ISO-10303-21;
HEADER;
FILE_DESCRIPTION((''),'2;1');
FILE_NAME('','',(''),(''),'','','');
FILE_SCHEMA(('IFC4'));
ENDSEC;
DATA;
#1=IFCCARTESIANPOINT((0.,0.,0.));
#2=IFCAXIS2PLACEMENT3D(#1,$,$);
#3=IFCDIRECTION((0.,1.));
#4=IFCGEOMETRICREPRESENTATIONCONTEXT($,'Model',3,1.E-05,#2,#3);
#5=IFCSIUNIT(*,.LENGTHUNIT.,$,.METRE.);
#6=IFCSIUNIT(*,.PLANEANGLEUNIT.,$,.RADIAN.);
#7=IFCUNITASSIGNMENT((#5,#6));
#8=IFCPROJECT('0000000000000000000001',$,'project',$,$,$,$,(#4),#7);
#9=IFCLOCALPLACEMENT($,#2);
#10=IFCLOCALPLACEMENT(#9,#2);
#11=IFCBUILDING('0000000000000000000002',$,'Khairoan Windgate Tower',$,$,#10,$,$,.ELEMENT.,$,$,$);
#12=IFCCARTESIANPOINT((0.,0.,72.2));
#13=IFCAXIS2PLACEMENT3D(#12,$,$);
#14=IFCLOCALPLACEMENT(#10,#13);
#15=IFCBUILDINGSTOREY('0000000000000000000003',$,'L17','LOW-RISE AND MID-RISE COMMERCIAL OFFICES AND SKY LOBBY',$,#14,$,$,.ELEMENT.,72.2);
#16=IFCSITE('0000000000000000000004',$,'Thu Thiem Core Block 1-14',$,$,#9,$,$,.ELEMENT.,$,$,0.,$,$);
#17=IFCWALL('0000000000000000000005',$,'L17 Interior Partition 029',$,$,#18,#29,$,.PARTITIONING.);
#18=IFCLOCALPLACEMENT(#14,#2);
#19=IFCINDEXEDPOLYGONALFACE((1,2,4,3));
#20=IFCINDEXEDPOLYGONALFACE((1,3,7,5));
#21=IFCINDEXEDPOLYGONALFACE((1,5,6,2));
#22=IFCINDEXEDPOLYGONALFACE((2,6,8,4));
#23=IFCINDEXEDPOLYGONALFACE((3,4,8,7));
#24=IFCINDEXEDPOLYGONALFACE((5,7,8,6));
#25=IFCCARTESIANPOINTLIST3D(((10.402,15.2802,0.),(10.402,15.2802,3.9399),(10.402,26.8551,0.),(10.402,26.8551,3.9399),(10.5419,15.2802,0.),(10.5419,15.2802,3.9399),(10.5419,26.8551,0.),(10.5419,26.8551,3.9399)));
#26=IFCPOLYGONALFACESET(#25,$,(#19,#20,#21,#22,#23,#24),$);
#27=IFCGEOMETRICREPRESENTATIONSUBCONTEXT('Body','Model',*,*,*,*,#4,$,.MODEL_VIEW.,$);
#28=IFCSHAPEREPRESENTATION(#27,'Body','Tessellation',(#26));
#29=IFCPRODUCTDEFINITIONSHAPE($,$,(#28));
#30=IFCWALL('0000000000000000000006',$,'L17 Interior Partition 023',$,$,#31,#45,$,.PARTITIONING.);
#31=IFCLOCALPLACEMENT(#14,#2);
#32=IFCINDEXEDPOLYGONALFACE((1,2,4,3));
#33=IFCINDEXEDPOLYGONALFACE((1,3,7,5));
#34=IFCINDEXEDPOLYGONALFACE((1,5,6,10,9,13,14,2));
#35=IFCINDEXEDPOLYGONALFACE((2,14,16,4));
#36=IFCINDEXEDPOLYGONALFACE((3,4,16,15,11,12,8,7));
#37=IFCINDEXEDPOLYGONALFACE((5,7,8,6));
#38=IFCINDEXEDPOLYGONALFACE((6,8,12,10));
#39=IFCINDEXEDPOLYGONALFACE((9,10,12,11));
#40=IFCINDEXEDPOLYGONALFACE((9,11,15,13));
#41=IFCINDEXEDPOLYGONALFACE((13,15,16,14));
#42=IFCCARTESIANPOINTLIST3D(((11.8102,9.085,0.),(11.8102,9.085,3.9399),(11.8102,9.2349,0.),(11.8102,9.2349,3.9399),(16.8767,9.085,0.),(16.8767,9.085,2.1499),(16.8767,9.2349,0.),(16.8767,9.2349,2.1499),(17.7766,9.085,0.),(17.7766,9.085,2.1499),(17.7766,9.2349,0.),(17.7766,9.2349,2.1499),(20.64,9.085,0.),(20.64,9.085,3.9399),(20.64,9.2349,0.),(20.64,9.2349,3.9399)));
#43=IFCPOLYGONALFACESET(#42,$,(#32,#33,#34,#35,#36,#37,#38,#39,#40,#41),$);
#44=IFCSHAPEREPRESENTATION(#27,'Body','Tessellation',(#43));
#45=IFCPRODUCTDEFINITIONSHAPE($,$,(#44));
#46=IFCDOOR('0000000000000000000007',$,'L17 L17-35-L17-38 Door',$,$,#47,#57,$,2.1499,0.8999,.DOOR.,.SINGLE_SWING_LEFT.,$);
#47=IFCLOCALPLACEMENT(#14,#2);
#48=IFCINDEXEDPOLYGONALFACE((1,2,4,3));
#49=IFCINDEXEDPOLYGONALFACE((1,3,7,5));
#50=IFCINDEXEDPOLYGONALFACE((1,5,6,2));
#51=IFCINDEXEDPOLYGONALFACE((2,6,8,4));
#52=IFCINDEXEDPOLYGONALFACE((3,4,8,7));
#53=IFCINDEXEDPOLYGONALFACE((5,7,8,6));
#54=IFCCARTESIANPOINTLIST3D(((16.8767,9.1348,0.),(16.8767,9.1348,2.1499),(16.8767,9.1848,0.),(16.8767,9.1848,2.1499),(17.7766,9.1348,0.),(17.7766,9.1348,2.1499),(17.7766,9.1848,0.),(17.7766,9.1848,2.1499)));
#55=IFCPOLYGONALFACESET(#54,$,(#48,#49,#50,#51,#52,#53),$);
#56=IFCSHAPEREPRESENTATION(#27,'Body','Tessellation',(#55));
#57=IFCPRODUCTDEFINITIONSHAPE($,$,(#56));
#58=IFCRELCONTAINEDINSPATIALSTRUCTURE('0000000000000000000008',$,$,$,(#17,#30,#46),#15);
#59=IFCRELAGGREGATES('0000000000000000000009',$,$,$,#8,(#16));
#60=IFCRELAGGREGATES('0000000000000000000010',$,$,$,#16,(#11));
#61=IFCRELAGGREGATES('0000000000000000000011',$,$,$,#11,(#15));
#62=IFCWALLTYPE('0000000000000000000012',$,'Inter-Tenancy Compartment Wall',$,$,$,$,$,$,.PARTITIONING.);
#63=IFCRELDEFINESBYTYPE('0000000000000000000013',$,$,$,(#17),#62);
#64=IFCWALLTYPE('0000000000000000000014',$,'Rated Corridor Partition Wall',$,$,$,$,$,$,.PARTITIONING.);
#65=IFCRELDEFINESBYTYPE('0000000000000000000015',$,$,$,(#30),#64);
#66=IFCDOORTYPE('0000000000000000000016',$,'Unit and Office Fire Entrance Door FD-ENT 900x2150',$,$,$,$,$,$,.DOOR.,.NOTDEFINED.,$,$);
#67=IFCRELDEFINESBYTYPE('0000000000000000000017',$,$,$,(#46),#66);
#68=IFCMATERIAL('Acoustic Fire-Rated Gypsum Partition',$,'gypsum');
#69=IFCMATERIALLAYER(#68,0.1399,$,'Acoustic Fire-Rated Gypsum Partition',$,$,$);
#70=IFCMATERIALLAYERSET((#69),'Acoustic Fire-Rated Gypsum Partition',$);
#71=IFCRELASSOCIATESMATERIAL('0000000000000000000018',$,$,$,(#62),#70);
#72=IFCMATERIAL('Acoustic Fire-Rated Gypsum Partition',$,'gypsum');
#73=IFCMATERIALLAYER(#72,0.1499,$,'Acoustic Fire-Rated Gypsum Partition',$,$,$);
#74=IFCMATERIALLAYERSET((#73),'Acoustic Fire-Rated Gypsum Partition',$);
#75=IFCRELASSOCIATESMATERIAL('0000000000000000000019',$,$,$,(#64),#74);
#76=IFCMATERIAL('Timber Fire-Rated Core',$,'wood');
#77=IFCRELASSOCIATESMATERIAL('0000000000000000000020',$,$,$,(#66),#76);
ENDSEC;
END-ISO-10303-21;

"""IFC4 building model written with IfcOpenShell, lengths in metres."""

from ifc_helpers import new_model, si_unit, direction, frame, frame_2d, origin, place, context, subcontext, project, spatial, rectangle, extrude, material, layer, layer_set, type_object, element, fill, save


model = new_model("IFC4")

# Units and contexts
model_context = context("Model", 3, precision=1e-05, world=origin(), true_north=direction((0.0, 1.0)))
body_context = subcontext(model_context, "Body", "Model", "MODEL_VIEW")
ifc_project = project(units=[si_unit("LENGTHUNIT", "METRE"), si_unit("PLANEANGLEUNIT", "RADIAN")], contexts=[model_context])

# Site, building, storey
site_placement = place(None, origin())
site = spatial("IfcSite", under=ifc_project, at=site_placement, Name="Thu Thiem Core Block 1-14", CompositionType="ELEMENT", RefElevation=0.0)
building_placement = place(site_placement, origin())
building = spatial("IfcBuilding", under=site, at=building_placement, Name="Khairoan Windgate Tower", CompositionType="ELEMENT")
storey_placement = place(building_placement, frame((0.0, 0.0, 72.2)))
storey = spatial("IfcBuildingStorey", under=building, at=storey_placement, Name="L17", Description="LOW-RISE AND MID-RISE COMMERCIAL OFFICES AND SKY LOBBY", CompositionType="ELEMENT", Elevation=72.2)

# Wall
ifc_material_1 = material(Name="Acoustic Fire-Rated Gypsum Partition", Category="gypsum")
ifc_layer_1 = layer(ifc_material_1, 0.1399, Name="Acoustic Fire-Rated Gypsum Partition")
ifc_layer_set_1 = layer_set([ifc_layer_1], Name="Acoustic Fire-Rated Gypsum Partition")
wall_type_1 = type_object("IfcWallType", Name="Inter-Tenancy Compartment Wall", PredefinedType="PARTITIONING", material=ifc_layer_set_1)
wall_1_placement = place(storey_placement, frame((10.4719, 15.28, 0.0), z_axis=(0.0, 0.0, 1.0), x_axis=(0.0, 1.0, 0.0)))
element("IfcWall", 1, at=wall_1_placement, inside=storey, type_object=wall_type_1, Name="L17 Interior Partition 029", PredefinedType="PARTITIONING", context=body_context, shape_type="SweptSolid", body=[
    extrude(rectangle(XDim=11.575, YDim=0.1399, at=frame_2d((5.7876, 0.0))), origin(), (0.0, 0.0, 1.0), 3.9399),
])

# Wall, opening, door
ifc_material_2 = material(Name="Acoustic Fire-Rated Gypsum Partition", Category="gypsum")
ifc_layer_2 = layer(ifc_material_2, 0.1499, Name="Acoustic Fire-Rated Gypsum Partition")
ifc_layer_set_2 = layer_set([ifc_layer_2], Name="Acoustic Fire-Rated Gypsum Partition")
wall_type_2 = type_object("IfcWallType", Name="Rated Corridor Partition Wall", PredefinedType="PARTITIONING", material=ifc_layer_set_2)
wall_2_placement = place(storey_placement, frame((11.8101, 9.1599, 0.0), z_axis=(0.0, 0.0, 1.0), x_axis=(1.0, 0.0, 0.0)))
wall_2 = element("IfcWall", 2, at=wall_2_placement, inside=storey, type_object=wall_type_2, Name="L17 Interior Partition 023", PredefinedType="PARTITIONING", context=body_context, shape_type="SweptSolid", body=[
    extrude(rectangle(XDim=8.8298, YDim=0.1499, at=frame_2d((4.415, 0.0))), origin(), (0.0, 0.0, 1.0), 3.9399),
])
opening_placement = place(wall_2_placement, frame((5.0667, 0.0, 0.0)))
opening = element("IfcOpeningElement", 3, at=opening_placement, cuts=wall_2, PredefinedType="OPENING", context=body_context, shape_type="SweptSolid", body=[
    extrude(rectangle(XDim=0.8999, YDim=2.1499, at=frame_2d((0.45, 1.075))), frame((0.0, 0.085, 0.0), z_axis=(0.0, -1.0, 0.0), x_axis=(1.0, 0.0, 0.0)), (0.0, 0.0, 1.0), 0.1699),
])
ifc_material_3 = material(Name="Timber Fire-Rated Core", Category="wood")
door_type = type_object("IfcDoorType", Name="Unit and Office Fire Entrance Door FD-ENT 900x2150", OperationType="NOTDEFINED", PredefinedType="DOOR", material=ifc_material_3)
door_placement = place(opening_placement, origin())
door = element("IfcDoor", 4, at=door_placement, inside=storey, type_object=door_type, Name="L17 L17-35-L17-38 Door", OperationType="SINGLE_SWING_LEFT", OverallHeight=2.1499, OverallWidth=0.8999, PredefinedType="DOOR", context=body_context, shape_type="SweptSolid", body=[
    extrude(rectangle(XDim=0.8999, YDim=2.1499, at=frame_2d((0.45, 1.075))), frame((0.0, 0.0249, 0.0), z_axis=(0.0, -1.0, 0.0), x_axis=(1.0, 0.0, 0.0)), (0.0, 0.0, 1.0), 0.05),
])
fill(opening, door)

save(model, "model.ifc")
